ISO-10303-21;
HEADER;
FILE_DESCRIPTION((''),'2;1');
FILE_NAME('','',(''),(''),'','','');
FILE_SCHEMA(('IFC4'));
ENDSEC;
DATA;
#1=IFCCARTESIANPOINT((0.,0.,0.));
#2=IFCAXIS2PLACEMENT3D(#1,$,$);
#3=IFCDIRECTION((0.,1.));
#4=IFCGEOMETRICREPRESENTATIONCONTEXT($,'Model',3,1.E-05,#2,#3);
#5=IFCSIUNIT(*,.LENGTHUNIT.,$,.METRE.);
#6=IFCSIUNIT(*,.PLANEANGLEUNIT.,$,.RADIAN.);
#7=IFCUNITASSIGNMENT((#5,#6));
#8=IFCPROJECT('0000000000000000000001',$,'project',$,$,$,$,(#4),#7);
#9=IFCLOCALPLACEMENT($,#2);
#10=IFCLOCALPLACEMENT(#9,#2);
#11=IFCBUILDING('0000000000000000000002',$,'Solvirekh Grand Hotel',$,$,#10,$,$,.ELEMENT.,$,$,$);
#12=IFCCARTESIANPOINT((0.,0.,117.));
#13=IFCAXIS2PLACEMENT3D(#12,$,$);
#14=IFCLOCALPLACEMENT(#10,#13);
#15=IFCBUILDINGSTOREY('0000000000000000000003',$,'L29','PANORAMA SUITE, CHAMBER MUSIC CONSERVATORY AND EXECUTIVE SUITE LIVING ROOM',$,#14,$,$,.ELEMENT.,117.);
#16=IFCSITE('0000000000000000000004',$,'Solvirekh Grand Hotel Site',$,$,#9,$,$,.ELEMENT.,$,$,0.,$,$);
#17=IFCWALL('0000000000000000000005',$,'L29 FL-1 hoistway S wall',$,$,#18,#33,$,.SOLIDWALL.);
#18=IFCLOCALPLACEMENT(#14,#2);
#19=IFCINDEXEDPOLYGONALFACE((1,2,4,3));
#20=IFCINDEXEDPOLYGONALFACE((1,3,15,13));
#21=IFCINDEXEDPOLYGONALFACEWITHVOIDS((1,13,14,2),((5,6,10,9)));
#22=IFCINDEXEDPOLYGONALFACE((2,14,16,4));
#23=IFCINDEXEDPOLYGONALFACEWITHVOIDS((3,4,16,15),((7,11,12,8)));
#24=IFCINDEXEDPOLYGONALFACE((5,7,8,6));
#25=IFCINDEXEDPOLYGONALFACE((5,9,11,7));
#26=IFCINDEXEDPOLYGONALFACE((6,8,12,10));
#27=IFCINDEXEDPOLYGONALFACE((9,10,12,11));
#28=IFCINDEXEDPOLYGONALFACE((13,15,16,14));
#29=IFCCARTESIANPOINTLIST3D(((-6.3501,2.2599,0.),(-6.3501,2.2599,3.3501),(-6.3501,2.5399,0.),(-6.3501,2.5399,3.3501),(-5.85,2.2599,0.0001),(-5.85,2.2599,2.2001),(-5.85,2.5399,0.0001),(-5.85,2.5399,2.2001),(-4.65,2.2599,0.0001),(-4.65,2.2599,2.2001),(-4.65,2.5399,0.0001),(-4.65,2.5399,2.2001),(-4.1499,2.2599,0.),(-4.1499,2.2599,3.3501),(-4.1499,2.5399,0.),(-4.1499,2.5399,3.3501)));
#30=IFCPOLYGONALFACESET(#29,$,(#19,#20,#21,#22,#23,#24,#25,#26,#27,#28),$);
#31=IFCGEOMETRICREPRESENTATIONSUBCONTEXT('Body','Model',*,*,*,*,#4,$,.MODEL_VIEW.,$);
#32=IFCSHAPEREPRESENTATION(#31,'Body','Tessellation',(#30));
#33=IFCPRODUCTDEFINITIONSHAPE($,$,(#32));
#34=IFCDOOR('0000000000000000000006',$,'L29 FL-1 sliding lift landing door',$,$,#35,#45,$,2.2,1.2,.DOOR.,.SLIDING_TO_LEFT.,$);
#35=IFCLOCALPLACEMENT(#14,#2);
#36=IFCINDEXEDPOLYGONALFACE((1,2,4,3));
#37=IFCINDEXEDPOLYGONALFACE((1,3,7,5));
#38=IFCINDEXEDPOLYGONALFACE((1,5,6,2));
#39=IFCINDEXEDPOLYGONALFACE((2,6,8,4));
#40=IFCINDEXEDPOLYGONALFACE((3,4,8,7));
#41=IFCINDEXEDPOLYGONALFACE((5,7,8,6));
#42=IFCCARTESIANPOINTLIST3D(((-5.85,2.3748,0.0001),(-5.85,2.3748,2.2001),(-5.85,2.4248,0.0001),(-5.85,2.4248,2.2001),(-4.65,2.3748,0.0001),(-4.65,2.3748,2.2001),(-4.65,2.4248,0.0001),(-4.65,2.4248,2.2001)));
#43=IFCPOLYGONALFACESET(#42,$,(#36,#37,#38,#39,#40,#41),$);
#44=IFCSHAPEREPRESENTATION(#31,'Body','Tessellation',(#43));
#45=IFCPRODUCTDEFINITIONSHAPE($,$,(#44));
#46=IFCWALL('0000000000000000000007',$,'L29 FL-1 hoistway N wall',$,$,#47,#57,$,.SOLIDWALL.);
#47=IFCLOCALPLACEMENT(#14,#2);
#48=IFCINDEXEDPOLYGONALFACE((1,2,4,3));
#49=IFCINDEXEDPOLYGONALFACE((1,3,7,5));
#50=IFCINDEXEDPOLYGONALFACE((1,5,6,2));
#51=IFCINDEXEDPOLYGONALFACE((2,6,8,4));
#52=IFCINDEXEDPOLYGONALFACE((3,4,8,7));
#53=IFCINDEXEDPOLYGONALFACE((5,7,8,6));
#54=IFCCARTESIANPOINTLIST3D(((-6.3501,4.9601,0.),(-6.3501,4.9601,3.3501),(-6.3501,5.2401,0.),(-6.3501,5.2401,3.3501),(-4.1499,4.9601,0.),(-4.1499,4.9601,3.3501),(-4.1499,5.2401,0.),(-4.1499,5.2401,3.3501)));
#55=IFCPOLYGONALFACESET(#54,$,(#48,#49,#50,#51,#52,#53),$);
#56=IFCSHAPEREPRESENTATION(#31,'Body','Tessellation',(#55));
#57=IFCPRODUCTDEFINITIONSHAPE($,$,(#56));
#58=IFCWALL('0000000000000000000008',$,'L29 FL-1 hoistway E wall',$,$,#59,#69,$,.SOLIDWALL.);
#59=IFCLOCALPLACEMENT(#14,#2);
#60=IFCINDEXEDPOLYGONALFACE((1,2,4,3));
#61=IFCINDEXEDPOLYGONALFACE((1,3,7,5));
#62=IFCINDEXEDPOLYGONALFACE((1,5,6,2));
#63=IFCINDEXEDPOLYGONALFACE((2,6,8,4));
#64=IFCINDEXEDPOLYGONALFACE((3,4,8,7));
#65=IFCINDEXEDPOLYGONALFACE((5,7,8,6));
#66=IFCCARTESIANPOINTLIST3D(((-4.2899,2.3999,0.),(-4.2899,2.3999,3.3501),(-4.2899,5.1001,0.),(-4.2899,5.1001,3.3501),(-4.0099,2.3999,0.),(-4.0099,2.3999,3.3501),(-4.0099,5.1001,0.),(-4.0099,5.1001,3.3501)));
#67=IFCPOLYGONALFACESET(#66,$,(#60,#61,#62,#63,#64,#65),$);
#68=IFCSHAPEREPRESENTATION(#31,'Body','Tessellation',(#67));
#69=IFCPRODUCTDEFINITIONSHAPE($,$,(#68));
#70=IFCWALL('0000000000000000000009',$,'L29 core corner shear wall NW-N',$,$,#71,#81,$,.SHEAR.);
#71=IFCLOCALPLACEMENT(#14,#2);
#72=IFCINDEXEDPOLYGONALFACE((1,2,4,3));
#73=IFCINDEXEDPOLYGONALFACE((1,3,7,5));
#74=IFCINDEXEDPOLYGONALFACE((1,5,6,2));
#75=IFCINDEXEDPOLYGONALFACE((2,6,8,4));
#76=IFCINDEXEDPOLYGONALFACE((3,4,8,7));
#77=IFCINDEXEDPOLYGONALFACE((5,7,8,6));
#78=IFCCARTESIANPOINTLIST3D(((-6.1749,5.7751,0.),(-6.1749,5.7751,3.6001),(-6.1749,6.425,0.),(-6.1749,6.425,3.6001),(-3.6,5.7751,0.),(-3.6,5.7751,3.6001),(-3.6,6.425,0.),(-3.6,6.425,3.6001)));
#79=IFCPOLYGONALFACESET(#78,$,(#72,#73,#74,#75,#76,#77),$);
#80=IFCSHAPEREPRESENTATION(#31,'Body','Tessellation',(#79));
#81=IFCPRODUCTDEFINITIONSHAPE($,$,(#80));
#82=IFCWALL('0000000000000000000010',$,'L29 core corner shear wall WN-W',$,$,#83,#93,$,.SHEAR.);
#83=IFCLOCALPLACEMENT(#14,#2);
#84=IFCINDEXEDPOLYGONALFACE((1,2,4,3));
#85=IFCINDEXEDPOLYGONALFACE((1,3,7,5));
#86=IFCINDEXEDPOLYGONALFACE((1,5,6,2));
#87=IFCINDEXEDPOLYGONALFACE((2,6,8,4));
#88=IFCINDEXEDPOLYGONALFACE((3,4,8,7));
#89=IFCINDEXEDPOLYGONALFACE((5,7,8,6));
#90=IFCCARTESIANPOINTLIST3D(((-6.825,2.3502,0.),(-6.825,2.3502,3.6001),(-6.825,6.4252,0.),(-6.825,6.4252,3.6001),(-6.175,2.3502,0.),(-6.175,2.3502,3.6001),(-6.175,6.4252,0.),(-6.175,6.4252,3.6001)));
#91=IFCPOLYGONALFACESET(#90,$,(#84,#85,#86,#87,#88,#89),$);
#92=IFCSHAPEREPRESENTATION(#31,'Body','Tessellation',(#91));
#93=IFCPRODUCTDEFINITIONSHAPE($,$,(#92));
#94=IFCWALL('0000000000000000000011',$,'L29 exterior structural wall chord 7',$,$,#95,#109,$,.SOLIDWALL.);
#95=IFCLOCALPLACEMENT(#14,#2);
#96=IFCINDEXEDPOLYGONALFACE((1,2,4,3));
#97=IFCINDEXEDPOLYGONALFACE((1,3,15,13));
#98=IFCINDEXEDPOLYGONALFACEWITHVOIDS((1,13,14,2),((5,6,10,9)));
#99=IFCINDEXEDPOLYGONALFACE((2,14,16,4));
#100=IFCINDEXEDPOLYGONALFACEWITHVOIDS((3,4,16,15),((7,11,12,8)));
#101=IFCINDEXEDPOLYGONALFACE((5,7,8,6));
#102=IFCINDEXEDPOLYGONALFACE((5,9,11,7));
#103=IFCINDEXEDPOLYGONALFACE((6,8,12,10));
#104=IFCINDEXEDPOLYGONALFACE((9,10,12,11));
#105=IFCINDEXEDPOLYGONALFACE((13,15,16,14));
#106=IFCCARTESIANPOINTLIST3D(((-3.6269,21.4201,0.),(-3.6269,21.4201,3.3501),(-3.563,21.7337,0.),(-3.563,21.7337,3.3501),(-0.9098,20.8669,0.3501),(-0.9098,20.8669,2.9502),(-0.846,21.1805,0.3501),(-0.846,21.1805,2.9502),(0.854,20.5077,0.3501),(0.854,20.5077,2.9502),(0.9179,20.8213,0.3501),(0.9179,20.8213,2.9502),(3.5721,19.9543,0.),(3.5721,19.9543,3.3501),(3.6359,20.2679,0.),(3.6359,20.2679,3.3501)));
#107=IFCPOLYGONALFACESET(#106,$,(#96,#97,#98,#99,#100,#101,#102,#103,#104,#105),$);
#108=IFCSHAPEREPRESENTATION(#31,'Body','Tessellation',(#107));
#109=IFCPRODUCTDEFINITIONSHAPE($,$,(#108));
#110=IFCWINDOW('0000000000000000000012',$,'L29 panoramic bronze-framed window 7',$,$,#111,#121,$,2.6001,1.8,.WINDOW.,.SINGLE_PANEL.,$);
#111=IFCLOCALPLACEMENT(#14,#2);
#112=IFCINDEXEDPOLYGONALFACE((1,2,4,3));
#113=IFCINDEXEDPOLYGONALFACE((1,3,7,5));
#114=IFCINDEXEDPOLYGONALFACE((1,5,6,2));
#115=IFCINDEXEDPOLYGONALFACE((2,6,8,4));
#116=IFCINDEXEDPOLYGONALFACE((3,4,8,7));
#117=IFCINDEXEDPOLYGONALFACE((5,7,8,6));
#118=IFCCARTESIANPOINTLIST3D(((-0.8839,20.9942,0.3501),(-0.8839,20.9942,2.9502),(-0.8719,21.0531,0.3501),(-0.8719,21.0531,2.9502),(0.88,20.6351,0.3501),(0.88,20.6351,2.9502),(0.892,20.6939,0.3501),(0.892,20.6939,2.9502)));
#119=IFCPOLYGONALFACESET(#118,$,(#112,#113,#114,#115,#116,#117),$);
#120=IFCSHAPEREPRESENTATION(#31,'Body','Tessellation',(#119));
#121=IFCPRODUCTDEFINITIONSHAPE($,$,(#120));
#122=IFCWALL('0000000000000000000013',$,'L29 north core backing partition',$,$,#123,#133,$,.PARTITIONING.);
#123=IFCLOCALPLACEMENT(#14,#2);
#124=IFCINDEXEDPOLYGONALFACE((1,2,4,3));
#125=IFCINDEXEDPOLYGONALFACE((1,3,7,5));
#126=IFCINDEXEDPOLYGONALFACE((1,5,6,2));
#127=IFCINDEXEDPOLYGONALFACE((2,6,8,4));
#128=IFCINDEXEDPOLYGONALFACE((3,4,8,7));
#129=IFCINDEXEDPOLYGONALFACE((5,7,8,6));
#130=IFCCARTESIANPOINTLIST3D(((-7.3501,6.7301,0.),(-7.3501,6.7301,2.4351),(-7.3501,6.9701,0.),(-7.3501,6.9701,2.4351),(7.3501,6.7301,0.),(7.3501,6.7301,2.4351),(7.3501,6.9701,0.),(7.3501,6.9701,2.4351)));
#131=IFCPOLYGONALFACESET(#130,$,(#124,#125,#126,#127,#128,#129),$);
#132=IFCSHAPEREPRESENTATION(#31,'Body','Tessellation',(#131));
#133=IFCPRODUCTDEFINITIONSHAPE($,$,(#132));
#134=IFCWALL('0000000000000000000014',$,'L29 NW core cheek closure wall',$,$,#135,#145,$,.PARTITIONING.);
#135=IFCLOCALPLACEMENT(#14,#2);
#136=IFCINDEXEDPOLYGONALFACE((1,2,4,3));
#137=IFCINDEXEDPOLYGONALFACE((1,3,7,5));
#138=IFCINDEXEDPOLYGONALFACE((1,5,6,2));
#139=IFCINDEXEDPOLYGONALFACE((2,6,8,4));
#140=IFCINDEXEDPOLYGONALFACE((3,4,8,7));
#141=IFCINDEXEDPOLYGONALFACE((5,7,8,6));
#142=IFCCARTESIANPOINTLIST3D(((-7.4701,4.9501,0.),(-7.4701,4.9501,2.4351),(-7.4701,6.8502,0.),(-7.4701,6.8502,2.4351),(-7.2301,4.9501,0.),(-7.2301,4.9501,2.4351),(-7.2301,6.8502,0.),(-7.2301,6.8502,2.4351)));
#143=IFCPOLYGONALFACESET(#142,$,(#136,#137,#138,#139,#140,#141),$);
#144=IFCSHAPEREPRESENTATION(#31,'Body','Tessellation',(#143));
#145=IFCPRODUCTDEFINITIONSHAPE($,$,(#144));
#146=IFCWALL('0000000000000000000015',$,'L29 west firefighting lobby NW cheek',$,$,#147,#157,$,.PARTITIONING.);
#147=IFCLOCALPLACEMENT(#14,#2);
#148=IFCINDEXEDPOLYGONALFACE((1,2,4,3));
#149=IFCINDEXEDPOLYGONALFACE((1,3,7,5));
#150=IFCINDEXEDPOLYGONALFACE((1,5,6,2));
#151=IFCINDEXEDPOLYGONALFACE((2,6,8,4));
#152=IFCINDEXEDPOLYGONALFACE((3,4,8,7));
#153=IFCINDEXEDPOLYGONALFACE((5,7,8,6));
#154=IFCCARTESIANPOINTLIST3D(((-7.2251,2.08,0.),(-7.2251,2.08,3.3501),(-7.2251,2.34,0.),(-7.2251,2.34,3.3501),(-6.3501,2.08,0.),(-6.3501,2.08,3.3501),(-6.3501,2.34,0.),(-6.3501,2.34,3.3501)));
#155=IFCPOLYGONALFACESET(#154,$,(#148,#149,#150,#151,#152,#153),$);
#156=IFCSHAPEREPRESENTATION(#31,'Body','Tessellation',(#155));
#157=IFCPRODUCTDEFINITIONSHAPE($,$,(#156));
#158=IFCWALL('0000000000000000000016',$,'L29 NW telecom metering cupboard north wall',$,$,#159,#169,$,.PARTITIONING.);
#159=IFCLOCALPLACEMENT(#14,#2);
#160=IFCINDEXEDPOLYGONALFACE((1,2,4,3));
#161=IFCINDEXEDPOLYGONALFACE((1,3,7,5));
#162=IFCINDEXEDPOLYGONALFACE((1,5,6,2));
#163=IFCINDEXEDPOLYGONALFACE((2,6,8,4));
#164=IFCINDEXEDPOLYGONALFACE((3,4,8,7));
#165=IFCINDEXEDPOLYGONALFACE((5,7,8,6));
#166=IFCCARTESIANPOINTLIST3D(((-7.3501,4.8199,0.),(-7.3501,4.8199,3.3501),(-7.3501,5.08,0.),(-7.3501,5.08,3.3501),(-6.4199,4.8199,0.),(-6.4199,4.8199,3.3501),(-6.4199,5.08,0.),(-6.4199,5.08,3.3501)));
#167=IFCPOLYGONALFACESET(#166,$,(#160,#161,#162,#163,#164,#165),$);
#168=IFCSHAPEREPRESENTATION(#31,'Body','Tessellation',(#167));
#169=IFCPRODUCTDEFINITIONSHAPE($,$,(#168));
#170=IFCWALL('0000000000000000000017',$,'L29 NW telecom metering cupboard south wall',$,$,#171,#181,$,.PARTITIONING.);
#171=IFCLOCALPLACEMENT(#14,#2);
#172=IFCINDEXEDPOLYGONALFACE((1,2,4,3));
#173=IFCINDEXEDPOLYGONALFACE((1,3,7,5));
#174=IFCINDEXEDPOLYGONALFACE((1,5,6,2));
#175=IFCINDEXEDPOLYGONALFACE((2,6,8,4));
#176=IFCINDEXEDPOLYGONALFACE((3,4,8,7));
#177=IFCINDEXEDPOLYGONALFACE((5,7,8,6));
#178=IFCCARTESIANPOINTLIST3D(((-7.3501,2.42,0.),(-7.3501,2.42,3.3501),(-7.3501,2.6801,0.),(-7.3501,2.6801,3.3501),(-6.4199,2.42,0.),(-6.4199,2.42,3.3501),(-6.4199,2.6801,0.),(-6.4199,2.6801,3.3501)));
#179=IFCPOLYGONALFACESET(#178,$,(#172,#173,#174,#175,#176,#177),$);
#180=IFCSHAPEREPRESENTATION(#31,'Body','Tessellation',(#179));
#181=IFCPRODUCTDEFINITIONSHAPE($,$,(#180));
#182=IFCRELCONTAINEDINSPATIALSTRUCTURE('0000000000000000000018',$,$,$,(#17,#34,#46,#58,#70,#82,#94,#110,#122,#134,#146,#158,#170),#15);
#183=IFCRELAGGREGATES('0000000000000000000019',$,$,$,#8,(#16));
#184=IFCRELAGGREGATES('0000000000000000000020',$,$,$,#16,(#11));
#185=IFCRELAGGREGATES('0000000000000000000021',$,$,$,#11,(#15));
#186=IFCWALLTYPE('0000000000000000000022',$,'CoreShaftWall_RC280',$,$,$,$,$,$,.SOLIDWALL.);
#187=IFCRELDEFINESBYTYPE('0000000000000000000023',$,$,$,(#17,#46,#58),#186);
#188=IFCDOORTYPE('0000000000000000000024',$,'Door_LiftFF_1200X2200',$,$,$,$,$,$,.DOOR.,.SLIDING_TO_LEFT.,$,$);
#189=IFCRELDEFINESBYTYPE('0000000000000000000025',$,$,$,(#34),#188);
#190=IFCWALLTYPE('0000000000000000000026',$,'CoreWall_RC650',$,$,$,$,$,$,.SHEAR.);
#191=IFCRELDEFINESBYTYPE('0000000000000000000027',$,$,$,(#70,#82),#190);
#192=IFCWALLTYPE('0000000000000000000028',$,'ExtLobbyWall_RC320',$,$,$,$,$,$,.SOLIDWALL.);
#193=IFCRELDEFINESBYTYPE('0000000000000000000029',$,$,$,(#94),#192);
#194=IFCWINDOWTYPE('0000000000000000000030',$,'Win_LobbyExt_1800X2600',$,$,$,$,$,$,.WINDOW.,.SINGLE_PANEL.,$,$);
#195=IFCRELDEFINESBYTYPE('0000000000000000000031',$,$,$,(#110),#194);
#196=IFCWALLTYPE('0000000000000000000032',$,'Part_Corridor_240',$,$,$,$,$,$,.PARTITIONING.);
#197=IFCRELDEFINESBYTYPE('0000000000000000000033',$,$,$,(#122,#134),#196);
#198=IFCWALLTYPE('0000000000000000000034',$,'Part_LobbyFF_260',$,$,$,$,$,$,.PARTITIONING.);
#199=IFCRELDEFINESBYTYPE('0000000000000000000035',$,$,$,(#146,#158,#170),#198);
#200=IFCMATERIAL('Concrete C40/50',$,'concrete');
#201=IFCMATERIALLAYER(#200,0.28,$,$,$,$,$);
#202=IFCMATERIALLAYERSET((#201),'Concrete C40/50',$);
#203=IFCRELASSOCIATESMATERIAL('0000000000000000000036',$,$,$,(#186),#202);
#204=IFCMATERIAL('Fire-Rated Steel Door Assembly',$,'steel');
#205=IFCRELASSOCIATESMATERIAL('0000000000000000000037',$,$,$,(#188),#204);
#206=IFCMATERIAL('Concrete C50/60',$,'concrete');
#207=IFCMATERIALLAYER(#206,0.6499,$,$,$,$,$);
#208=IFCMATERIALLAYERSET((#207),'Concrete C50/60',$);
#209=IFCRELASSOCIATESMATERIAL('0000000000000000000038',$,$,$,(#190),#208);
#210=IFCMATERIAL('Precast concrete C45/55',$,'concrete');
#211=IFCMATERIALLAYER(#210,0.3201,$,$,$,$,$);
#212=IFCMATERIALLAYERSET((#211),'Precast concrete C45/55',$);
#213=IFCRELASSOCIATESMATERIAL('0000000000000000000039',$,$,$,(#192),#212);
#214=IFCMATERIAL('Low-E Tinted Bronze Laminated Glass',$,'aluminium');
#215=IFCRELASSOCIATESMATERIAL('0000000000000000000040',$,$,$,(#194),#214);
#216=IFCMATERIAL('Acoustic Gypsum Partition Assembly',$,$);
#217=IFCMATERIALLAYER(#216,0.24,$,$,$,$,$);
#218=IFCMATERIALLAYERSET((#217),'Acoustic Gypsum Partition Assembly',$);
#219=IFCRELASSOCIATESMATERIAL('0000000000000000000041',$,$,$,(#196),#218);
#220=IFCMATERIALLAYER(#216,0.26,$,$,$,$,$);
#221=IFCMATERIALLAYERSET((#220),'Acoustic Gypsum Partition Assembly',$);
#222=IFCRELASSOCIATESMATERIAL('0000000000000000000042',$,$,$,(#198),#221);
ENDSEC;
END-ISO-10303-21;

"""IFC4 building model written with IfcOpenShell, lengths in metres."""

from ifc_helpers import new_model, si_unit, direction, frame, frame_2d, origin, place, context, subcontext, project, spatial, rectangle, extrude, material, layer, layer_set, type_object, element, fill, save


model = new_model("IFC4")

# Units and contexts
model_context = context("Model", 3, precision=1e-05, world=origin(), true_north=direction((0.0, 1.0)))
body_context = subcontext(model_context, "Body", "Model", "MODEL_VIEW")
ifc_project = project(units=[si_unit("LENGTHUNIT", "METRE"), si_unit("PLANEANGLEUNIT", "RADIAN")], contexts=[model_context])

# Site, building, storey
site_placement = place(None, origin())
site = spatial("IfcSite", under=ifc_project, at=site_placement, Name="Solvirekh Grand Hotel Site", CompositionType="ELEMENT", RefElevation=0.0)
building_placement = place(site_placement, origin())
building = spatial("IfcBuilding", under=site, at=building_placement, Name="Solvirekh Grand Hotel", CompositionType="ELEMENT")
storey_placement = place(building_placement, frame((0.0, 0.0, 117.0)))
storey = spatial("IfcBuildingStorey", under=building, at=storey_placement, Name="L29", Description="PANORAMA SUITE, CHAMBER MUSIC CONSERVATORY AND EXECUTIVE SUITE LIVING ROOM", CompositionType="ELEMENT", Elevation=117.0)

# Shared definitions
ifc_material_1 = material(Name="Concrete C50/60", Category="concrete")

# Shared definitions
ifc_material_2 = material(Name="Low-E Tinted Bronze Laminated Glass", Category="aluminium")

# Shared definitions
ifc_material_3 = material(Name="Concrete C40/50", Category="concrete")
ifc_layer_1 = layer(ifc_material_3, 0.28)
ifc_layer_set_1 = layer_set([ifc_layer_1], Name="Concrete C40/50")
wall_type_1 = type_object("IfcWallType", Name="CoreShaftWall_RC280", PredefinedType="SOLIDWALL", material=ifc_layer_set_1)

# Wall, opening, door
wall_1_placement = place(storey_placement, frame((-6.3501, 2.3999, 0.0), z_axis=(0.0, 0.0, 1.0), x_axis=(1.0, 0.0, 0.0)))
wall_1 = element("IfcWall", 1, at=wall_1_placement, inside=storey, type_object=wall_type_1, Name="L29 FL-1 hoistway S wall", PredefinedType="SOLIDWALL", context=body_context, shape_type="SweptSolid", body=[
    extrude(rectangle(XDim=2.2002, YDim=0.28, at=frame_2d((1.1001, 0.0))), origin(), (0.0, 0.0, 1.0), 3.3501),
])
opening_1_placement = place(wall_1_placement, frame((0.5, 0.0, 0.0)))
opening_1 = element("IfcOpeningElement", 2, at=opening_1_placement, cuts=wall_1, PredefinedType="OPENING", context=body_context, shape_type="SweptSolid", body=[
    extrude(rectangle(XDim=1.2, YDim=2.2, at=frame_2d((0.6001, 1.1001))), frame((0.0, 0.1499, 0.0), z_axis=(0.0, -1.0, 0.0), x_axis=(1.0, 0.0, 0.0)), (0.0, 0.0, 1.0), 0.3),
])
ifc_material_4 = material(Name="Fire-Rated Steel Door Assembly", Category="steel")
door_type_1 = type_object("IfcDoorType", Name="Door_LiftFF_1200X2200", OperationType="SLIDING_TO_LEFT", PredefinedType="DOOR", material=ifc_material_4)
door_1_placement = place(opening_1_placement, origin())
door_1 = element("IfcDoor", 3, at=door_1_placement, inside=storey, type_object=door_type_1, Name="L29 FL-1 sliding lift landing door", OperationType="SLIDING_TO_LEFT", OverallHeight=2.2, OverallWidth=1.2, PredefinedType="DOOR", context=body_context, shape_type="SweptSolid", body=[
    extrude(rectangle(XDim=1.2, YDim=2.2, at=frame_2d((0.6001, 1.1001))), frame((0.0, 0.0249, 0.0), z_axis=(0.0, -1.0, 0.0), x_axis=(1.0, 0.0, 0.0)), (0.0, 0.0, 1.0), 0.05),
])
fill(opening_1, door_1)

# Walls
wall_2_placement = place(storey_placement, frame((-4.1499, 5.1001, 0.0), z_axis=(0.0, 0.0, 1.0), x_axis=(-1.0, 0.0, 0.0)))
element("IfcWall", 4, at=wall_2_placement, inside=storey, type_object=wall_type_1, Name="L29 FL-1 hoistway N wall", PredefinedType="SOLIDWALL", context=body_context, shape_type="SweptSolid", body=[
    extrude(rectangle(XDim=2.2002, YDim=0.28, at=frame_2d((1.1001, 0.0))), origin(), (0.0, 0.0, 1.0), 3.3501),
])
wall_3_placement = place(storey_placement, frame((-4.1499, 2.3999, 0.0), z_axis=(0.0, 0.0, 1.0), x_axis=(0.0, 1.0, 0.0)))
element("IfcWall", 5, at=wall_3_placement, inside=storey, type_object=wall_type_1, Name="L29 FL-1 hoistway E wall", PredefinedType="SOLIDWALL", context=body_context, shape_type="SweptSolid", body=[
    extrude(rectangle(XDim=2.7002, YDim=0.28, at=frame_2d((1.3501, 0.0))), origin(), (0.0, 0.0, 1.0), 3.3501),
])
ifc_layer_2 = layer(ifc_material_1, 0.6499)
ifc_layer_set_2 = layer_set([ifc_layer_2], Name="Concrete C50/60")
wall_type_2 = type_object("IfcWallType", Name="CoreWall_RC650", PredefinedType="SHEAR", material=ifc_layer_set_2)
wall_4_placement = place(storey_placement, frame((-6.175, 6.1001, 0.0), z_axis=(0.0, 0.0, 1.0), x_axis=(1.0, 0.0, 0.0)))
element("IfcWall", 6, at=wall_4_placement, inside=storey, type_object=wall_type_2, Name="L29 core corner shear wall NW-N", PredefinedType="SHEAR", context=body_context, shape_type="SweptSolid", body=[
    extrude(rectangle(XDim=2.575, YDim=0.6499, at=frame_2d((1.2876, 0.0))), origin(), (0.0, 0.0, 1.0), 3.6001),
])
wall_5_placement = place(storey_placement, frame((-6.5, 2.3501, 0.0), z_axis=(0.0, 0.0, 1.0), x_axis=(0.0, 1.0, 0.0)))
element("IfcWall", 7, at=wall_5_placement, inside=storey, type_object=wall_type_2, Name="L29 core corner shear wall WN-W", PredefinedType="SHEAR", context=body_context, shape_type="SweptSolid", body=[
    extrude(rectangle(XDim=4.075, YDim=0.6499, at=frame_2d((2.0376, 0.0))), origin(), (0.0, 0.0, 1.0), 3.6001),
])

# Wall, opening, window
ifc_material_5 = material(Name="Precast concrete C45/55", Category="concrete")
ifc_layer_3 = layer(ifc_material_5, 0.3201)
ifc_layer_set_3 = layer_set([ifc_layer_3], Name="Precast concrete C45/55")
wall_type_3 = type_object("IfcWallType", Name="ExtLobbyWall_RC320", PredefinedType="SOLIDWALL", material=ifc_layer_set_3)
wall_6_placement = place(storey_placement, frame((-3.595, 21.5769, 0.0), z_axis=(0.0, 0.0, 1.0), x_axis=(0.979894, -0.199521, 0.0)))
wall_6 = element("IfcWall", 8, at=wall_6_placement, inside=storey, type_object=wall_type_3, Name="L29 exterior structural wall chord 7", PredefinedType="SOLIDWALL", context=body_context, shape_type="SweptSolid", body=[
    extrude(rectangle(XDim=7.3467, YDim=0.3201, at=frame_2d((3.6733, 0.0))), origin(), (0.0, 0.0, 1.0), 3.3501),
])
opening_2_placement = place(wall_6_placement, frame((2.7729, 0.0, 0.3501)))
opening_2 = element("IfcOpeningElement", 9, at=opening_2_placement, cuts=wall_6, PredefinedType="OPENING", context=body_context, shape_type="SweptSolid", body=[
    extrude(rectangle(XDim=1.8, YDim=2.6001, at=frame_2d((0.8999, 1.3))), frame((0.0, 0.1699, 0.0), z_axis=(0.0, -1.0, 0.0), x_axis=(1.0, 0.0, 0.0)), (0.0, 0.0, 1.0), 0.3401),
])
window_type = type_object("IfcWindowType", Name="Win_LobbyExt_1800X2600", PartitioningType="SINGLE_PANEL", PredefinedType="WINDOW", material=ifc_material_2)
window_placement = place(opening_2_placement, origin())
window = element("IfcWindow", 10, at=window_placement, inside=storey, type_object=window_type, Name="L29 panoramic bronze-framed window 7", OverallHeight=2.6001, OverallWidth=1.8, PartitioningType="SINGLE_PANEL", PredefinedType="WINDOW", context=body_context, shape_type="SweptSolid", body=[
    extrude(rectangle(XDim=1.8, YDim=2.6001, at=frame_2d((0.8999, 1.3))), frame((0.0, 0.03, 0.0), z_axis=(0.0, -1.0, 0.0), x_axis=(1.0, 0.0, 0.0)), (0.0, 0.0, 1.0), 0.0601),
])
fill(opening_2, window)

# Walls
ifc_material_6 = material(Name="Acoustic Gypsum Partition Assembly")
ifc_layer_4 = layer(ifc_material_6, 0.24)
ifc_layer_set_4 = layer_set([ifc_layer_4], Name="Acoustic Gypsum Partition Assembly")
wall_type_4 = type_object("IfcWallType", Name="Part_Corridor_240", PredefinedType="PARTITIONING", material=ifc_layer_set_4)
wall_7_placement = place(storey_placement, frame((-7.3501, 6.8501, 0.0), z_axis=(0.0, 0.0, 1.0), x_axis=(1.0, 0.0, 0.0)))
element("IfcWall", 11, at=wall_7_placement, inside=storey, type_object=wall_type_4, Name="L29 north core backing partition", PredefinedType="PARTITIONING", context=body_context, shape_type="SweptSolid", body=[
    extrude(rectangle(XDim=14.7002, YDim=0.24, at=frame_2d((7.3501, 0.0))), origin(), (0.0, 0.0, 1.0), 2.4351),
])
wall_8_placement = place(storey_placement, frame((-7.3501, 4.95, 0.0), z_axis=(0.0, 0.0, 1.0), x_axis=(0.0, 1.0, 0.0)))
element("IfcWall", 12, at=wall_8_placement, inside=storey, type_object=wall_type_4, Name="L29 NW core cheek closure wall", PredefinedType="PARTITIONING", context=body_context, shape_type="SweptSolid", body=[
    extrude(rectangle(XDim=1.9001, YDim=0.24, at=frame_2d((0.9502, 0.0))), origin(), (0.0, 0.0, 1.0), 2.4351),
])
ifc_layer_5 = layer(ifc_material_6, 0.26)
ifc_layer_set_5 = layer_set([ifc_layer_5], Name="Acoustic Gypsum Partition Assembly")
wall_type_5 = type_object("IfcWallType", Name="Part_LobbyFF_260", PredefinedType="PARTITIONING", material=ifc_layer_set_5)
wall_9_placement = place(storey_placement, frame((-7.2251, 2.21, 0.0), z_axis=(0.0, 0.0, 1.0), x_axis=(1.0, 0.0, 0.0)))
element("IfcWall", 13, at=wall_9_placement, inside=storey, type_object=wall_type_5, Name="L29 west firefighting lobby NW cheek", PredefinedType="PARTITIONING", context=body_context, shape_type="SweptSolid", body=[
    extrude(rectangle(XDim=0.875, YDim=0.26, at=frame_2d((0.4375, 0.0))), origin(), (0.0, 0.0, 1.0), 3.3501),
])
for number, where, z_axis, x_axis, name in (
    (14, (-7.3501, 4.95, 0.0), (0.0, 0.0, 1.0), (1.0, 0.0, 0.0), "L29 NW telecom metering cupboard north wall"),
    (15, (-7.3501, 2.55, 0.0), (0.0, 0.0, 1.0), (1.0, 0.0, 0.0), "L29 NW telecom metering cupboard south wall"),
):
    element("IfcWall", number, at=place(storey_placement, frame(where, z_axis=z_axis, x_axis=x_axis)), inside=storey, type_object=wall_type_5, Name=name, PredefinedType="PARTITIONING", context=body_context, shape_type="SweptSolid", body=[
        extrude(rectangle(XDim=0.9302, YDim=0.26, at=frame_2d((0.4651, 0.0))), origin(), (0.0, 0.0, 1.0), 3.3501),
    ])

save(model, "model.ifc")
